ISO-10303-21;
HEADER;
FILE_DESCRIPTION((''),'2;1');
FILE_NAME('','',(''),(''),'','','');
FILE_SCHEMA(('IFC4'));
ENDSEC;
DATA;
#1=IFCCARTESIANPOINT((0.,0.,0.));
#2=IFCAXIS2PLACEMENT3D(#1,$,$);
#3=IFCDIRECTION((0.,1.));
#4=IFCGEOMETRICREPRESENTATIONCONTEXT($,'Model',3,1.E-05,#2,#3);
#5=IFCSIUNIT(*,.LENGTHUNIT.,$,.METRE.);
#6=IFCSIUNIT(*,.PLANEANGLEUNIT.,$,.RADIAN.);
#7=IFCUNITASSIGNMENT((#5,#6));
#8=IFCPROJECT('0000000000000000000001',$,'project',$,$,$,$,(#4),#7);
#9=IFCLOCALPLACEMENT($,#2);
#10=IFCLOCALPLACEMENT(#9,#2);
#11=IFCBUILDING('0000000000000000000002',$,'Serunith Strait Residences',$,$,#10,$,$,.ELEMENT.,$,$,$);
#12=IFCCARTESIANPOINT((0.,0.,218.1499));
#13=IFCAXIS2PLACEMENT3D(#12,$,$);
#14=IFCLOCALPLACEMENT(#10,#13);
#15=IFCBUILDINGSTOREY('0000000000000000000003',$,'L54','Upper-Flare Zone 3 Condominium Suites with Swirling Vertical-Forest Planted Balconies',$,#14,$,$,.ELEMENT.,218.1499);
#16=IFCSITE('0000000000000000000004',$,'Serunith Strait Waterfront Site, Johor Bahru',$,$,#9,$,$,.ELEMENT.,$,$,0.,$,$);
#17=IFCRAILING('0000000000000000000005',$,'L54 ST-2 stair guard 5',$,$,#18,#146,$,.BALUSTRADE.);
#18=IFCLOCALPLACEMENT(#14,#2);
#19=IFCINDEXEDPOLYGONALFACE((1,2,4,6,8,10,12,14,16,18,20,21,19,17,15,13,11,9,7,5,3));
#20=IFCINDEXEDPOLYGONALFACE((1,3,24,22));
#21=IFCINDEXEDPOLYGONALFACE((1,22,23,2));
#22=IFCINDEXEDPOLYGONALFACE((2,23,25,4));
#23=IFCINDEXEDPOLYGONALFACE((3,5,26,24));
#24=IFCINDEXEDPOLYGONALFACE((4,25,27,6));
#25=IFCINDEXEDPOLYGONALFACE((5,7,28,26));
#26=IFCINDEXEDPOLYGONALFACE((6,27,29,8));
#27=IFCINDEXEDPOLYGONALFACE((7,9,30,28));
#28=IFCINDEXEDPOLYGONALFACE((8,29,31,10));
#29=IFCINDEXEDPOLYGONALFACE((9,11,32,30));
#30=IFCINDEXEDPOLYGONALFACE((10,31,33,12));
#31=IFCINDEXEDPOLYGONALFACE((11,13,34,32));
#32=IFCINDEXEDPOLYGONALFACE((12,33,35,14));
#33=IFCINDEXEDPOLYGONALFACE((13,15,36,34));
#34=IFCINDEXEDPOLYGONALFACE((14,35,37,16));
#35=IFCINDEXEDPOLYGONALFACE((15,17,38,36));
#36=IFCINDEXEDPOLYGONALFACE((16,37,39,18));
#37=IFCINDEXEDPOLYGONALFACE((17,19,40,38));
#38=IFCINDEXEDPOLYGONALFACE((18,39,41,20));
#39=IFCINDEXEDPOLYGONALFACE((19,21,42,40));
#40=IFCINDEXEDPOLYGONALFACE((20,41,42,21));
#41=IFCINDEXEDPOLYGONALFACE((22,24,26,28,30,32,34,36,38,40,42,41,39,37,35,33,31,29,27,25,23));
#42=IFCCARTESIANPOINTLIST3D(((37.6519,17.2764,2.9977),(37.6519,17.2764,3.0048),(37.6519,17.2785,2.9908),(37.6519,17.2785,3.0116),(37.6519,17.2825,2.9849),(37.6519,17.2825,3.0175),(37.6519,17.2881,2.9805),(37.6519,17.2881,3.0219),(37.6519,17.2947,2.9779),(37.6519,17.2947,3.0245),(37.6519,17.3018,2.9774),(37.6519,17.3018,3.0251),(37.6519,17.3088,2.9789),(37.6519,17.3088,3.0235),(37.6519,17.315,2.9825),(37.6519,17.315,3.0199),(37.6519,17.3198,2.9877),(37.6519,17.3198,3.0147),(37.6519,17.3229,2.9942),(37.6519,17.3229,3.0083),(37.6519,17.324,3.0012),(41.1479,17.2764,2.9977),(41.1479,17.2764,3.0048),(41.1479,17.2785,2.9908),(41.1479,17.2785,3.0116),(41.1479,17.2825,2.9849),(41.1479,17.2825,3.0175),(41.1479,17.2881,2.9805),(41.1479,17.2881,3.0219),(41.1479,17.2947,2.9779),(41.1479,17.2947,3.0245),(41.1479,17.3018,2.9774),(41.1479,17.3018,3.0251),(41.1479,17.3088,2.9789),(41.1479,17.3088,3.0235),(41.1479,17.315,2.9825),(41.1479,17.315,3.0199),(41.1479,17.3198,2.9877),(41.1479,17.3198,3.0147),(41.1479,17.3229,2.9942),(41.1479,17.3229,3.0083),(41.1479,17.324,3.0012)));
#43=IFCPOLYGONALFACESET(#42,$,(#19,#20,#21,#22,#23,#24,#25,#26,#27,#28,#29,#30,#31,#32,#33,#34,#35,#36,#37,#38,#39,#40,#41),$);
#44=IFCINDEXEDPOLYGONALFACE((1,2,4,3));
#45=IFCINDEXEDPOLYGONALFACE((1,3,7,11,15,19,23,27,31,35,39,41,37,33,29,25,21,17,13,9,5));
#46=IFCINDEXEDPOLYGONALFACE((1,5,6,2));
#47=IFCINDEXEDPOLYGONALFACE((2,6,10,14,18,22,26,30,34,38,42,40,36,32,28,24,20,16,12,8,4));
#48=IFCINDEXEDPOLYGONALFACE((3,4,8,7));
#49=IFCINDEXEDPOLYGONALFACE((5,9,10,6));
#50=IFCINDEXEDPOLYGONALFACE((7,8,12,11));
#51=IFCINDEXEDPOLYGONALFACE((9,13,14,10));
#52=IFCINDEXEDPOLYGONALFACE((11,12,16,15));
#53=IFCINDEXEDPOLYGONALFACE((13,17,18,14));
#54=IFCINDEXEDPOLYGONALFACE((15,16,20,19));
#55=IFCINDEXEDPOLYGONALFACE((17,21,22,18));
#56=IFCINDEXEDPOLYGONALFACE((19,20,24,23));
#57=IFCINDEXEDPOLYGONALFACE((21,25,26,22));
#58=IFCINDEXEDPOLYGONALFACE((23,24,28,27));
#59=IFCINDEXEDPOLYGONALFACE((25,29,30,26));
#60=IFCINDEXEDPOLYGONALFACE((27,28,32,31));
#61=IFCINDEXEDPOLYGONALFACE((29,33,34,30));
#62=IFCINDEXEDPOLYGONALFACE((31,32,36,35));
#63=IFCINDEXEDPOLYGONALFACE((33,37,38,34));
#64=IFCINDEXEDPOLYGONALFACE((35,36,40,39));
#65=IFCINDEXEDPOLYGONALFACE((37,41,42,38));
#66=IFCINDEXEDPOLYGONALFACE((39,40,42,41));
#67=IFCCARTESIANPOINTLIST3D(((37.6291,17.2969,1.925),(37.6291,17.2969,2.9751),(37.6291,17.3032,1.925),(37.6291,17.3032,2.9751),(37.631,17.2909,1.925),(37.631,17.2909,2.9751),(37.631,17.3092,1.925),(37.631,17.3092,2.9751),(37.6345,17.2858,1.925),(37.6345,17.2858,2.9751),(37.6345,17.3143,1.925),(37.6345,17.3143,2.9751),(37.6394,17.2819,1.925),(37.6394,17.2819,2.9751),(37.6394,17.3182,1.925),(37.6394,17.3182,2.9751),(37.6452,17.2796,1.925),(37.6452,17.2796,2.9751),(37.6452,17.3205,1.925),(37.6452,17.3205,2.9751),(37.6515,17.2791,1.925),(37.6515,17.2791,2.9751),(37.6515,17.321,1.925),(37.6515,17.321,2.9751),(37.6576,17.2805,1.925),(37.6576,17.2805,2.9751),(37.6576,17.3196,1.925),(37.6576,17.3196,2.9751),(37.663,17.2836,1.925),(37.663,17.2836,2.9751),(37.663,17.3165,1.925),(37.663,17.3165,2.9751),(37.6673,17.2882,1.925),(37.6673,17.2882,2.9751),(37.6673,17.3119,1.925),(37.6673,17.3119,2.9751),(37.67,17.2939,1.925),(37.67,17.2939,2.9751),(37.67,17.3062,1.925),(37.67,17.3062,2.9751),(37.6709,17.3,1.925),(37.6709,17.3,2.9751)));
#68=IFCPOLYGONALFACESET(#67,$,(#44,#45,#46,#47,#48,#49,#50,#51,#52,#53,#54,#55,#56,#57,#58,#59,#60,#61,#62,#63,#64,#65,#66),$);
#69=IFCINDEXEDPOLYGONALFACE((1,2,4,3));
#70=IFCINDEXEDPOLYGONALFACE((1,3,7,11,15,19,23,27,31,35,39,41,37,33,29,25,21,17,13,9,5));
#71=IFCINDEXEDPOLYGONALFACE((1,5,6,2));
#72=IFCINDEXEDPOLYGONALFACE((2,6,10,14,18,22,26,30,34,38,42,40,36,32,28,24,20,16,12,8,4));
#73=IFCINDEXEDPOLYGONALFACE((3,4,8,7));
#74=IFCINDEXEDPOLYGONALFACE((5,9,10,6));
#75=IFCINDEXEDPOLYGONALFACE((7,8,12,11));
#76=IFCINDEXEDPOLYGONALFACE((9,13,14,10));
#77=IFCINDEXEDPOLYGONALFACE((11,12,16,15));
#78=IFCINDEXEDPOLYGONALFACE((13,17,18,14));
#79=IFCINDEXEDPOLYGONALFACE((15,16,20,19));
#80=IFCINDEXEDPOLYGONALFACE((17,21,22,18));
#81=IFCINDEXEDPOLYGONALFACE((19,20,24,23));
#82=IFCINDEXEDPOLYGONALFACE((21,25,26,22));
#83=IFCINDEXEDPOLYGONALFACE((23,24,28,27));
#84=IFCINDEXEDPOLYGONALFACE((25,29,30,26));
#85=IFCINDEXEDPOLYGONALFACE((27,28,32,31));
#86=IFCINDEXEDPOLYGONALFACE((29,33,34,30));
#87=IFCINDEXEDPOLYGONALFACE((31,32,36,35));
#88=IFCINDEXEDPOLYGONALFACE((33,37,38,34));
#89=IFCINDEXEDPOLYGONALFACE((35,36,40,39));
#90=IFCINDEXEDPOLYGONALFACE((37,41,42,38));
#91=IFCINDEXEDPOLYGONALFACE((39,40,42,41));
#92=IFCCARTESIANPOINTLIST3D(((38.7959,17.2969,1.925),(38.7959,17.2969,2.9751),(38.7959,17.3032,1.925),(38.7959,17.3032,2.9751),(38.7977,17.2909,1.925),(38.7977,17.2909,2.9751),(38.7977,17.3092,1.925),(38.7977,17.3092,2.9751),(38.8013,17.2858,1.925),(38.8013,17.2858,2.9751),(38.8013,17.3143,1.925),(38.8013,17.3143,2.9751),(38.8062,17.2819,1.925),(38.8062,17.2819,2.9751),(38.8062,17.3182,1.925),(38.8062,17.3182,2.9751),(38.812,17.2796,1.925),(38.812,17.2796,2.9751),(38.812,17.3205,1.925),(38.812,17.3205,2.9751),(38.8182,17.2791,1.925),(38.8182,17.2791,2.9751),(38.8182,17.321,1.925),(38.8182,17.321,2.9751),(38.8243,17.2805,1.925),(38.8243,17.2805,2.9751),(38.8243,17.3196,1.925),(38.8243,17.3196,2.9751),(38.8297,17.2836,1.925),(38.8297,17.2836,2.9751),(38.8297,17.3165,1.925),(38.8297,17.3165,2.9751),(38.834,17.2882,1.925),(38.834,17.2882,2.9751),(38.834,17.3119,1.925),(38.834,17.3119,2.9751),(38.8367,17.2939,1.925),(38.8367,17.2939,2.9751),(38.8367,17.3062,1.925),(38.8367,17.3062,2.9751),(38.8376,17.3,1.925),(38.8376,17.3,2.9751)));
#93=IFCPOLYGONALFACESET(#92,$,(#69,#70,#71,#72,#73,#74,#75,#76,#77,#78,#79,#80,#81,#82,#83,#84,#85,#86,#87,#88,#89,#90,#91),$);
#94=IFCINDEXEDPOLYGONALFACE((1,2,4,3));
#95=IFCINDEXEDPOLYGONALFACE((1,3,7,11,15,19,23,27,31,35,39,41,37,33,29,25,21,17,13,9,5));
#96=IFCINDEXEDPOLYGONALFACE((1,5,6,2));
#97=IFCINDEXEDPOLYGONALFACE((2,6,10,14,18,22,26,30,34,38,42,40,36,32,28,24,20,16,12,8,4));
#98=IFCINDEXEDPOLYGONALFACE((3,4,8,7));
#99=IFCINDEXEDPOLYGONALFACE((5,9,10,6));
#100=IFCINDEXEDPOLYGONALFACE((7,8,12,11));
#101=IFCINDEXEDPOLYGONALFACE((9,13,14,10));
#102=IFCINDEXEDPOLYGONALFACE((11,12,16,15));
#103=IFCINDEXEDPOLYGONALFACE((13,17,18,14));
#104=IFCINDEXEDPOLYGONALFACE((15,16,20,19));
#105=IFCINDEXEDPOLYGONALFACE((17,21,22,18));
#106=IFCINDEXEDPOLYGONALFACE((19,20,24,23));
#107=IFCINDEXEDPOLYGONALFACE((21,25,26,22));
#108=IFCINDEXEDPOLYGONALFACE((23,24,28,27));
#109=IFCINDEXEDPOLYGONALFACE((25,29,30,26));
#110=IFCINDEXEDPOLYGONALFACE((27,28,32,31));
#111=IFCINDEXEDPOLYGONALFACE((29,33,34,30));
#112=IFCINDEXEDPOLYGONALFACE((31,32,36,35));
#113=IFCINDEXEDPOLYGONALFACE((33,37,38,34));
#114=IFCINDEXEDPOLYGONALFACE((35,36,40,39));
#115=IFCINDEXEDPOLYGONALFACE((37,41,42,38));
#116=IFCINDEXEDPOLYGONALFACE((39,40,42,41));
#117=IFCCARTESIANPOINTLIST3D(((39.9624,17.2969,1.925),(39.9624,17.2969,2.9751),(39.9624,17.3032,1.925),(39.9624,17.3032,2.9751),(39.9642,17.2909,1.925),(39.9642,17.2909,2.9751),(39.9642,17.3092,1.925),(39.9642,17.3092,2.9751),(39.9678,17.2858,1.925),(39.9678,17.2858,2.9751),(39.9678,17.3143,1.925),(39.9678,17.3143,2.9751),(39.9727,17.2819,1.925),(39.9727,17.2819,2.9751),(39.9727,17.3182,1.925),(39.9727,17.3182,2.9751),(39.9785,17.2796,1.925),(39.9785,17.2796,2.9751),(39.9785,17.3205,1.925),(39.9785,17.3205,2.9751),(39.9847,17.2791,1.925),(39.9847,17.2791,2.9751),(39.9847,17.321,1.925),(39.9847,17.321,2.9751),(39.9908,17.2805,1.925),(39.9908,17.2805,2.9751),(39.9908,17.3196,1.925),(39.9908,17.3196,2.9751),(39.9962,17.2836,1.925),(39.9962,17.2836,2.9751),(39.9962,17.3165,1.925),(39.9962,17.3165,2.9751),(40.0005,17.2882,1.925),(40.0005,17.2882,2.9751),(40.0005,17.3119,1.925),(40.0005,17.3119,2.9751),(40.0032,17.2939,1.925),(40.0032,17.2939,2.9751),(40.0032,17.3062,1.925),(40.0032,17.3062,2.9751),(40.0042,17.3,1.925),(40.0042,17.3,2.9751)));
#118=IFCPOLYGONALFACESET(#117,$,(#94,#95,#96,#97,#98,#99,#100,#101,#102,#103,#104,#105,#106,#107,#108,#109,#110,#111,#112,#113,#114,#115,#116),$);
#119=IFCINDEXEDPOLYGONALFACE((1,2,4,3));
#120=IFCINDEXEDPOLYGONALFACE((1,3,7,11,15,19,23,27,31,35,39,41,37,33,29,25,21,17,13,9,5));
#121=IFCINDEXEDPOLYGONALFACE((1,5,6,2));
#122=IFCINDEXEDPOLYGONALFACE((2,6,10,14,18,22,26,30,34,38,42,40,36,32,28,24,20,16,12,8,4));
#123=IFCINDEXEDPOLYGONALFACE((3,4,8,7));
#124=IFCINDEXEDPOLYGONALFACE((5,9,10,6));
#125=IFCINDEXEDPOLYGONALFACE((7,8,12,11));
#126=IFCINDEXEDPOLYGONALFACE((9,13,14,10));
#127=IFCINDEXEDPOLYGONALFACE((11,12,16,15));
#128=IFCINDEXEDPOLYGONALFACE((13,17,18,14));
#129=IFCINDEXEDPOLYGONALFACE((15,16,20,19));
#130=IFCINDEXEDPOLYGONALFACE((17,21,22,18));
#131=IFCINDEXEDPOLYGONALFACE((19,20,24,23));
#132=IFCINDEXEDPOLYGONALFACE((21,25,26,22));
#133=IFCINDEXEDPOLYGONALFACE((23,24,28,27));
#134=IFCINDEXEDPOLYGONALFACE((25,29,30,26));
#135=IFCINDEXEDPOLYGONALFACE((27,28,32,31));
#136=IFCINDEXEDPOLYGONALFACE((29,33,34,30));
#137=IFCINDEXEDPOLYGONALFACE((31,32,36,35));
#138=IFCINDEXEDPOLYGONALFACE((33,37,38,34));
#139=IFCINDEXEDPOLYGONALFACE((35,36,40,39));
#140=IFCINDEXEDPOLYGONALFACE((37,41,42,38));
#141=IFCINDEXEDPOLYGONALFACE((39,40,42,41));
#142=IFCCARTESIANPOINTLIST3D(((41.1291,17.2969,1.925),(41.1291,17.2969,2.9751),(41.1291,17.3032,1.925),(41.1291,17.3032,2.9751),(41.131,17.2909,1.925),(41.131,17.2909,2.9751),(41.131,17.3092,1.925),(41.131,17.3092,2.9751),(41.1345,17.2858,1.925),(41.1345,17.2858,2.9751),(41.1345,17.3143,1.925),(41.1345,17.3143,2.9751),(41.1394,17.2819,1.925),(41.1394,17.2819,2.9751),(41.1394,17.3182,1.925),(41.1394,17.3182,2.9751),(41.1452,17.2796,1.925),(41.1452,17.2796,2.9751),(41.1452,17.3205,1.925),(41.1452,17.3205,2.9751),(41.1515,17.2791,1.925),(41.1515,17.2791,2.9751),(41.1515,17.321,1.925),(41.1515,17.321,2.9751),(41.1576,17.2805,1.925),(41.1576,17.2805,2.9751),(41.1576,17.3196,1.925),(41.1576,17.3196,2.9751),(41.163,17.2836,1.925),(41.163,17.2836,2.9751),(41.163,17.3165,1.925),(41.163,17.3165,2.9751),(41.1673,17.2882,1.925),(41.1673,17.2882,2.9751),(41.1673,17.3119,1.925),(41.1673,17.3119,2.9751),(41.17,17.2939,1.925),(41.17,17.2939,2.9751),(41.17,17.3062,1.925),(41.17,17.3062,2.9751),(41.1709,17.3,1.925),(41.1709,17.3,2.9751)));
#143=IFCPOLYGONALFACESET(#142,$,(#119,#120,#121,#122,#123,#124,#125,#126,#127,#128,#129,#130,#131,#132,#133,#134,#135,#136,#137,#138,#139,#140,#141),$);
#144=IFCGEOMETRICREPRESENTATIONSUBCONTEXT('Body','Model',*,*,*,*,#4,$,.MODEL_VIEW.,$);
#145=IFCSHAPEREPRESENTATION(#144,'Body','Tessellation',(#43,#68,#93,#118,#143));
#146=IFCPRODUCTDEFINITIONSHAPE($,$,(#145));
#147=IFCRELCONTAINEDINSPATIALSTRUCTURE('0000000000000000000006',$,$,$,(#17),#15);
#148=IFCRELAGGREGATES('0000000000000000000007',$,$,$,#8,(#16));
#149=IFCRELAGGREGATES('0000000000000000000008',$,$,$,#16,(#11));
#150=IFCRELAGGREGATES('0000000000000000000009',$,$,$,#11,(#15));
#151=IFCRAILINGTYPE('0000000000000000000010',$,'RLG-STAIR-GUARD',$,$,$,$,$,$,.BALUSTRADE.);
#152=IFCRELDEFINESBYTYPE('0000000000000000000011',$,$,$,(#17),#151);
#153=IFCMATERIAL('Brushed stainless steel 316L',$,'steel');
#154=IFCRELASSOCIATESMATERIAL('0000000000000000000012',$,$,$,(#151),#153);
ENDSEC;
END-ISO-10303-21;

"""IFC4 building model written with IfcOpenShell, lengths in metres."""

from ifc_helpers import new_model, si_unit, direction, frame, origin, origin_2d, place, context, subcontext, project, spatial, circle, extrude, material, type_object, element, save


model = new_model("IFC4")

# Units and contexts
model_context = context("Model", 3, precision=1e-05, world=origin(), true_north=direction((0.0, 1.0)))
body_context = subcontext(model_context, "Body", "Model", "MODEL_VIEW")
ifc_project = project(units=[si_unit("LENGTHUNIT", "METRE"), si_unit("PLANEANGLEUNIT", "RADIAN")], contexts=[model_context])

# Site, building, storey
site_placement = place(None, origin())
site = spatial("IfcSite", under=ifc_project, at=site_placement, Name="Serunith Strait Waterfront Site, Johor Bahru", CompositionType="ELEMENT", RefElevation=0.0)
building_placement = place(site_placement, origin())
building = spatial("IfcBuilding", under=site, at=building_placement, Name="Serunith Strait Residences", CompositionType="ELEMENT")
storey_placement = place(building_placement, frame((0.0, 0.0, 218.1499)))
storey = spatial("IfcBuildingStorey", under=building, at=storey_placement, Name="L54", Description="Upper-Flare Zone 3 Condominium Suites with Swirling Vertical-Forest Planted Balconies", CompositionType="ELEMENT", Elevation=218.1499)

# Railing
ifc_material_1 = material(Name="Brushed stainless steel 316L", Category="steel")
railing_type_1 = type_object("IfcRailingType", Name="RLG-STAIR-GUARD", PredefinedType="BALUSTRADE", material=ifc_material_1)
railing_1_placement = place(storey_placement, frame((37.6499, 17.3, 1.925)))
element("IfcRailing", 1, at=railing_1_placement, inside=storey, type_object=railing_type_1, Name="L54 ST-2 stair guard 5", PredefinedType="BALUSTRADE", context=body_context, shape_type="SweptSolid", body=[
    extrude(circle(Radius=0.0239, at=origin_2d()), frame((0.002, 0.0, 1.0762), z_axis=(1.0, 0.0, 0.0), x_axis=(0.0, 1.0, 0.0)), (0.0, 0.0, 1.0), 3.4961),
    extrude(circle(Radius=0.021, at=origin_2d()), origin(), (0.0, 0.0, 1.0), 1.05),
    extrude(circle(Radius=0.021, at=origin_2d()), frame((1.1667, 0.0, 0.0)), (0.0, 0.0, 1.0), 1.05),
    extrude(circle(Radius=0.021, at=origin_2d()), frame((2.3333, 0.0, 0.0)), (0.0, 0.0, 1.0), 1.05),
    extrude(circle(Radius=0.021, at=origin_2d()), frame((3.5, 0.0, 0.0)), (0.0, 0.0, 1.0), 1.05),
])

save(model, "model.ifc")
